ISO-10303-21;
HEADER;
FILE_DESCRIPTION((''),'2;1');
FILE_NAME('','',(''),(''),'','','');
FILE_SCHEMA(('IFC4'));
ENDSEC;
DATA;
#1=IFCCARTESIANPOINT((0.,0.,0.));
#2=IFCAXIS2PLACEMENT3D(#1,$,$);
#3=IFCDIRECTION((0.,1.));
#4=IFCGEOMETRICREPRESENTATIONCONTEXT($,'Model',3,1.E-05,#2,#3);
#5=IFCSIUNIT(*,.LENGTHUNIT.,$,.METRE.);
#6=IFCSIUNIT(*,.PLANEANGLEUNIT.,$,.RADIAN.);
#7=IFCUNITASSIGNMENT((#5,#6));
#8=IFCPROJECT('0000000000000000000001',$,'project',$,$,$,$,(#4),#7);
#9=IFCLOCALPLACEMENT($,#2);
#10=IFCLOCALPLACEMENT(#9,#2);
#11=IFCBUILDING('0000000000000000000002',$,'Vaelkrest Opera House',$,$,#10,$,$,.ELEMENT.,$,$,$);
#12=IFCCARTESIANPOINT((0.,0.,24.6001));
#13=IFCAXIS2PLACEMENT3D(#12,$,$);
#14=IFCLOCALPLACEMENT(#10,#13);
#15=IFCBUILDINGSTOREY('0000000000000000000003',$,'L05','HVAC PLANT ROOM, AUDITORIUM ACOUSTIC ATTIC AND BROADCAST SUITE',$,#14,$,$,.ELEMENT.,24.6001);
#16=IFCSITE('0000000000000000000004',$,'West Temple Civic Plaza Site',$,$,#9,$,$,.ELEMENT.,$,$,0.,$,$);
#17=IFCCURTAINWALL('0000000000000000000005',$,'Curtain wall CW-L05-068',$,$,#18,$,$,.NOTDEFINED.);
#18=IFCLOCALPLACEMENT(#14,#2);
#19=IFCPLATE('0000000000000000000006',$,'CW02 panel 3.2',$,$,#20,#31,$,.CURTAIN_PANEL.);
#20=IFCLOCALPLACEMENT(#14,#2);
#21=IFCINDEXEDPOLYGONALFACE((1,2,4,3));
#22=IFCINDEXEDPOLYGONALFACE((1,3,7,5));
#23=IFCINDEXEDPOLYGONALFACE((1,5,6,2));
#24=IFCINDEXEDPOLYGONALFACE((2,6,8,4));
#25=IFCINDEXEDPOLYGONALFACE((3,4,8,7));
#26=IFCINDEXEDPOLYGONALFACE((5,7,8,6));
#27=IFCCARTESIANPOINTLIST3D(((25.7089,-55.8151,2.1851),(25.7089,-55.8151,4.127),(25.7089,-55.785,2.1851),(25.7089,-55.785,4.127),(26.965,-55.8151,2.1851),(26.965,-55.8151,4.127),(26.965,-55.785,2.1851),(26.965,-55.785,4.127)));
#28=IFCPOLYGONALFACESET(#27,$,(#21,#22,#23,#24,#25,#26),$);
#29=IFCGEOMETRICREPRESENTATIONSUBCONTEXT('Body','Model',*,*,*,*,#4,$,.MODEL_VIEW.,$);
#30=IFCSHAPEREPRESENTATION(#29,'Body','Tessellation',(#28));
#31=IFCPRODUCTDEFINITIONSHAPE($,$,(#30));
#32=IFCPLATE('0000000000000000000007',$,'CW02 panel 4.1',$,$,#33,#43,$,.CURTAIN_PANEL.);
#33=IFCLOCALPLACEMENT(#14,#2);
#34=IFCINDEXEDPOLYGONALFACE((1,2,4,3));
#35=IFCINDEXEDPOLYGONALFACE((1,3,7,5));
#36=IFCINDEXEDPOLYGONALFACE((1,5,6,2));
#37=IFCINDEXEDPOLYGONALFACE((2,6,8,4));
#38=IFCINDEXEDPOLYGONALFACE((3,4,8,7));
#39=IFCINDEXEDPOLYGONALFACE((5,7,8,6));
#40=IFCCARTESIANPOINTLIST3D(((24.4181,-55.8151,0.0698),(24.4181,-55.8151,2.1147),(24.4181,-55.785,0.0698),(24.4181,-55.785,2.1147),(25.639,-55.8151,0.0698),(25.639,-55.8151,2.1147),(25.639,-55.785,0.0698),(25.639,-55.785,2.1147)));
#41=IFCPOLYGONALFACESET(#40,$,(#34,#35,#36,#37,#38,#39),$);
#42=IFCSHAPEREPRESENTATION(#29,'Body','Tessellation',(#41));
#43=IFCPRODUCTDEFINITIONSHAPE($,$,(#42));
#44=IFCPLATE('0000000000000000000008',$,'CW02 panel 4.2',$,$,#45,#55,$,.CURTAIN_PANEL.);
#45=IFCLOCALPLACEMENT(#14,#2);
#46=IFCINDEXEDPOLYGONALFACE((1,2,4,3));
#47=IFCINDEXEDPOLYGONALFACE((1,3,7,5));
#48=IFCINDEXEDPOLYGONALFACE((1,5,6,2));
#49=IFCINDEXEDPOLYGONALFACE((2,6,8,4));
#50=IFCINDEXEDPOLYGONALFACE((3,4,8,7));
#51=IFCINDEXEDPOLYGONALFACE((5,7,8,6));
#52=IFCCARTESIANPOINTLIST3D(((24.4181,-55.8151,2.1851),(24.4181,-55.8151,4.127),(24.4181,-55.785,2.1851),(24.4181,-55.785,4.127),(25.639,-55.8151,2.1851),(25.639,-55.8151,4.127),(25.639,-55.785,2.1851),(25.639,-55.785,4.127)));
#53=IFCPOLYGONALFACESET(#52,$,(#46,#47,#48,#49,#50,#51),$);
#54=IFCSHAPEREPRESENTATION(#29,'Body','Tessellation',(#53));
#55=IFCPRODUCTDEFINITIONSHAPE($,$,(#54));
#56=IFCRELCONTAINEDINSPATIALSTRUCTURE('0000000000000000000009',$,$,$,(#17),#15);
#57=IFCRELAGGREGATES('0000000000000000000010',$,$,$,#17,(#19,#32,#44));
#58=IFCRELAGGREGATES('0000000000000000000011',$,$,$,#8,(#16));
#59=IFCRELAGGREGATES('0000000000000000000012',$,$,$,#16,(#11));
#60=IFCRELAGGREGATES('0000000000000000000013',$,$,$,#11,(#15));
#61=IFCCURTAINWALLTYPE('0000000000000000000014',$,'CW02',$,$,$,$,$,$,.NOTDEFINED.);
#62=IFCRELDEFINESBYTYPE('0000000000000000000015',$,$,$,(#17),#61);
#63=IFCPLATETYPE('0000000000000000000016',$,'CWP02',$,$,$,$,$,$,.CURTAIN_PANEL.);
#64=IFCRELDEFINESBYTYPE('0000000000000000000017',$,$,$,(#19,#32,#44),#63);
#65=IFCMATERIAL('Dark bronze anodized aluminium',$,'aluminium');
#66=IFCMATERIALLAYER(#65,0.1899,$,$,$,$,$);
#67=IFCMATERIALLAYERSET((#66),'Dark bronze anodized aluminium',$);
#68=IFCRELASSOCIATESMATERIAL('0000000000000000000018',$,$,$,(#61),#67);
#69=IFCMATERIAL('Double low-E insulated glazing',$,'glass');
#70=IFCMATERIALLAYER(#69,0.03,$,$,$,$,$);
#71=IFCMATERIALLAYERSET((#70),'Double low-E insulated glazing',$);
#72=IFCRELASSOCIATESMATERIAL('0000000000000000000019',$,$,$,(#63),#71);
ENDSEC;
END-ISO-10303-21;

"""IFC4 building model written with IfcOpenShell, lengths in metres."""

from ifc_helpers import new_model, si_unit, direction, frame, origin, origin_2d, place, context, subcontext, project, spatial, rectangle, extrude, material, layer, layer_set, type_object, element, aggregate, save


model = new_model("IFC4")

# Units and contexts
model_context = context("Model", 3, precision=1e-05, world=origin(), true_north=direction((0.0, 1.0)))
body_context = subcontext(model_context, "Body", "Model", "MODEL_VIEW")
ifc_project = project(units=[si_unit("LENGTHUNIT", "METRE"), si_unit("PLANEANGLEUNIT", "RADIAN")], contexts=[model_context])

# Site, building, storey
site_placement = place(None, origin())
site = spatial("IfcSite", under=ifc_project, at=site_placement, Name="West Temple Civic Plaza Site", CompositionType="ELEMENT", RefElevation=0.0)
building_placement = place(site_placement, origin())
building = spatial("IfcBuilding", under=site, at=building_placement, Name="Vaelkrest Opera House", CompositionType="ELEMENT")
storey_placement = place(building_placement, frame((0.0, 0.0, 24.6001)))
storey = spatial("IfcBuildingStorey", under=building, at=storey_placement, Name="L05", Description="HVAC PLANT ROOM, AUDITORIUM ACOUSTIC ATTIC AND BROADCAST SUITE", CompositionType="ELEMENT", Elevation=24.6001)

# Curtain wall, plates
ifc_material_1 = material(Name="Dark bronze anodized aluminium", Category="aluminium")
ifc_layer_1 = layer(ifc_material_1, 0.1899)
ifc_layer_set_1 = layer_set([ifc_layer_1], Name="Dark bronze anodized aluminium")
curtain_wall_type = type_object("IfcCurtainWallType", Name="CW02", PredefinedType="NOTDEFINED", material=ifc_layer_set_1)
curtain_wall_placement = place(storey_placement, origin())
curtain_wall = element("IfcCurtainWall", 1, at=curtain_wall_placement, inside=storey, type_object=curtain_wall_type, Name="Curtain wall CW-L05-068", PredefinedType="NOTDEFINED")
ifc_material_2 = material(Name="Double low-E insulated glazing", Category="glass")
ifc_layer_2 = layer(ifc_material_2, 0.03)
ifc_layer_set_2 = layer_set([ifc_layer_2], Name="Double low-E insulated glazing")
plate_type = type_object("IfcPlateType", Name="CWP02", PredefinedType="CURTAIN_PANEL", material=ifc_layer_set_2)
plate_1_placement = place(storey_placement, frame((26.3369, -55.8, 2.1851), z_axis=(0.0, 0.0, 1.0), x_axis=(-1.0, 0.0, 0.0)))
plate_1 = element("IfcPlate", 2, at=plate_1_placement, type_object=plate_type, Name="CW02 panel 3.2", PredefinedType="CURTAIN_PANEL", context=body_context, shape_type="SweptSolid", body=[
    extrude(rectangle(XDim=1.2561, YDim=0.03, at=origin_2d()), origin(), (0.0, 0.0, 1.0), 1.9419),
])
plate_2_placement = place(storey_placement, frame((25.0286, -55.8, 0.0698), z_axis=(0.0, 0.0, 1.0), x_axis=(-1.0, 0.0, 0.0)))
plate_2 = element("IfcPlate", 3, at=plate_2_placement, type_object=plate_type, Name="CW02 panel 4.1", PredefinedType="CURTAIN_PANEL", context=body_context, shape_type="SweptSolid", body=[
    extrude(rectangle(XDim=1.2209, YDim=0.03, at=origin_2d()), origin(), (0.0, 0.0, 1.0), 2.0449),
])
plate_3_placement = place(storey_placement, frame((25.0286, -55.8, 2.1851), z_axis=(0.0, 0.0, 1.0), x_axis=(-1.0, 0.0, 0.0)))
plate_3 = element("IfcPlate", 4, at=plate_3_placement, type_object=plate_type, Name="CW02 panel 4.2", PredefinedType="CURTAIN_PANEL", context=body_context, shape_type="SweptSolid", body=[
    extrude(rectangle(XDim=1.2209, YDim=0.03, at=origin_2d()), origin(), (0.0, 0.0, 1.0), 1.9419),
])
aggregate(curtain_wall, [plate_1, plate_2, plate_3])

save(model, "model.ifc")
